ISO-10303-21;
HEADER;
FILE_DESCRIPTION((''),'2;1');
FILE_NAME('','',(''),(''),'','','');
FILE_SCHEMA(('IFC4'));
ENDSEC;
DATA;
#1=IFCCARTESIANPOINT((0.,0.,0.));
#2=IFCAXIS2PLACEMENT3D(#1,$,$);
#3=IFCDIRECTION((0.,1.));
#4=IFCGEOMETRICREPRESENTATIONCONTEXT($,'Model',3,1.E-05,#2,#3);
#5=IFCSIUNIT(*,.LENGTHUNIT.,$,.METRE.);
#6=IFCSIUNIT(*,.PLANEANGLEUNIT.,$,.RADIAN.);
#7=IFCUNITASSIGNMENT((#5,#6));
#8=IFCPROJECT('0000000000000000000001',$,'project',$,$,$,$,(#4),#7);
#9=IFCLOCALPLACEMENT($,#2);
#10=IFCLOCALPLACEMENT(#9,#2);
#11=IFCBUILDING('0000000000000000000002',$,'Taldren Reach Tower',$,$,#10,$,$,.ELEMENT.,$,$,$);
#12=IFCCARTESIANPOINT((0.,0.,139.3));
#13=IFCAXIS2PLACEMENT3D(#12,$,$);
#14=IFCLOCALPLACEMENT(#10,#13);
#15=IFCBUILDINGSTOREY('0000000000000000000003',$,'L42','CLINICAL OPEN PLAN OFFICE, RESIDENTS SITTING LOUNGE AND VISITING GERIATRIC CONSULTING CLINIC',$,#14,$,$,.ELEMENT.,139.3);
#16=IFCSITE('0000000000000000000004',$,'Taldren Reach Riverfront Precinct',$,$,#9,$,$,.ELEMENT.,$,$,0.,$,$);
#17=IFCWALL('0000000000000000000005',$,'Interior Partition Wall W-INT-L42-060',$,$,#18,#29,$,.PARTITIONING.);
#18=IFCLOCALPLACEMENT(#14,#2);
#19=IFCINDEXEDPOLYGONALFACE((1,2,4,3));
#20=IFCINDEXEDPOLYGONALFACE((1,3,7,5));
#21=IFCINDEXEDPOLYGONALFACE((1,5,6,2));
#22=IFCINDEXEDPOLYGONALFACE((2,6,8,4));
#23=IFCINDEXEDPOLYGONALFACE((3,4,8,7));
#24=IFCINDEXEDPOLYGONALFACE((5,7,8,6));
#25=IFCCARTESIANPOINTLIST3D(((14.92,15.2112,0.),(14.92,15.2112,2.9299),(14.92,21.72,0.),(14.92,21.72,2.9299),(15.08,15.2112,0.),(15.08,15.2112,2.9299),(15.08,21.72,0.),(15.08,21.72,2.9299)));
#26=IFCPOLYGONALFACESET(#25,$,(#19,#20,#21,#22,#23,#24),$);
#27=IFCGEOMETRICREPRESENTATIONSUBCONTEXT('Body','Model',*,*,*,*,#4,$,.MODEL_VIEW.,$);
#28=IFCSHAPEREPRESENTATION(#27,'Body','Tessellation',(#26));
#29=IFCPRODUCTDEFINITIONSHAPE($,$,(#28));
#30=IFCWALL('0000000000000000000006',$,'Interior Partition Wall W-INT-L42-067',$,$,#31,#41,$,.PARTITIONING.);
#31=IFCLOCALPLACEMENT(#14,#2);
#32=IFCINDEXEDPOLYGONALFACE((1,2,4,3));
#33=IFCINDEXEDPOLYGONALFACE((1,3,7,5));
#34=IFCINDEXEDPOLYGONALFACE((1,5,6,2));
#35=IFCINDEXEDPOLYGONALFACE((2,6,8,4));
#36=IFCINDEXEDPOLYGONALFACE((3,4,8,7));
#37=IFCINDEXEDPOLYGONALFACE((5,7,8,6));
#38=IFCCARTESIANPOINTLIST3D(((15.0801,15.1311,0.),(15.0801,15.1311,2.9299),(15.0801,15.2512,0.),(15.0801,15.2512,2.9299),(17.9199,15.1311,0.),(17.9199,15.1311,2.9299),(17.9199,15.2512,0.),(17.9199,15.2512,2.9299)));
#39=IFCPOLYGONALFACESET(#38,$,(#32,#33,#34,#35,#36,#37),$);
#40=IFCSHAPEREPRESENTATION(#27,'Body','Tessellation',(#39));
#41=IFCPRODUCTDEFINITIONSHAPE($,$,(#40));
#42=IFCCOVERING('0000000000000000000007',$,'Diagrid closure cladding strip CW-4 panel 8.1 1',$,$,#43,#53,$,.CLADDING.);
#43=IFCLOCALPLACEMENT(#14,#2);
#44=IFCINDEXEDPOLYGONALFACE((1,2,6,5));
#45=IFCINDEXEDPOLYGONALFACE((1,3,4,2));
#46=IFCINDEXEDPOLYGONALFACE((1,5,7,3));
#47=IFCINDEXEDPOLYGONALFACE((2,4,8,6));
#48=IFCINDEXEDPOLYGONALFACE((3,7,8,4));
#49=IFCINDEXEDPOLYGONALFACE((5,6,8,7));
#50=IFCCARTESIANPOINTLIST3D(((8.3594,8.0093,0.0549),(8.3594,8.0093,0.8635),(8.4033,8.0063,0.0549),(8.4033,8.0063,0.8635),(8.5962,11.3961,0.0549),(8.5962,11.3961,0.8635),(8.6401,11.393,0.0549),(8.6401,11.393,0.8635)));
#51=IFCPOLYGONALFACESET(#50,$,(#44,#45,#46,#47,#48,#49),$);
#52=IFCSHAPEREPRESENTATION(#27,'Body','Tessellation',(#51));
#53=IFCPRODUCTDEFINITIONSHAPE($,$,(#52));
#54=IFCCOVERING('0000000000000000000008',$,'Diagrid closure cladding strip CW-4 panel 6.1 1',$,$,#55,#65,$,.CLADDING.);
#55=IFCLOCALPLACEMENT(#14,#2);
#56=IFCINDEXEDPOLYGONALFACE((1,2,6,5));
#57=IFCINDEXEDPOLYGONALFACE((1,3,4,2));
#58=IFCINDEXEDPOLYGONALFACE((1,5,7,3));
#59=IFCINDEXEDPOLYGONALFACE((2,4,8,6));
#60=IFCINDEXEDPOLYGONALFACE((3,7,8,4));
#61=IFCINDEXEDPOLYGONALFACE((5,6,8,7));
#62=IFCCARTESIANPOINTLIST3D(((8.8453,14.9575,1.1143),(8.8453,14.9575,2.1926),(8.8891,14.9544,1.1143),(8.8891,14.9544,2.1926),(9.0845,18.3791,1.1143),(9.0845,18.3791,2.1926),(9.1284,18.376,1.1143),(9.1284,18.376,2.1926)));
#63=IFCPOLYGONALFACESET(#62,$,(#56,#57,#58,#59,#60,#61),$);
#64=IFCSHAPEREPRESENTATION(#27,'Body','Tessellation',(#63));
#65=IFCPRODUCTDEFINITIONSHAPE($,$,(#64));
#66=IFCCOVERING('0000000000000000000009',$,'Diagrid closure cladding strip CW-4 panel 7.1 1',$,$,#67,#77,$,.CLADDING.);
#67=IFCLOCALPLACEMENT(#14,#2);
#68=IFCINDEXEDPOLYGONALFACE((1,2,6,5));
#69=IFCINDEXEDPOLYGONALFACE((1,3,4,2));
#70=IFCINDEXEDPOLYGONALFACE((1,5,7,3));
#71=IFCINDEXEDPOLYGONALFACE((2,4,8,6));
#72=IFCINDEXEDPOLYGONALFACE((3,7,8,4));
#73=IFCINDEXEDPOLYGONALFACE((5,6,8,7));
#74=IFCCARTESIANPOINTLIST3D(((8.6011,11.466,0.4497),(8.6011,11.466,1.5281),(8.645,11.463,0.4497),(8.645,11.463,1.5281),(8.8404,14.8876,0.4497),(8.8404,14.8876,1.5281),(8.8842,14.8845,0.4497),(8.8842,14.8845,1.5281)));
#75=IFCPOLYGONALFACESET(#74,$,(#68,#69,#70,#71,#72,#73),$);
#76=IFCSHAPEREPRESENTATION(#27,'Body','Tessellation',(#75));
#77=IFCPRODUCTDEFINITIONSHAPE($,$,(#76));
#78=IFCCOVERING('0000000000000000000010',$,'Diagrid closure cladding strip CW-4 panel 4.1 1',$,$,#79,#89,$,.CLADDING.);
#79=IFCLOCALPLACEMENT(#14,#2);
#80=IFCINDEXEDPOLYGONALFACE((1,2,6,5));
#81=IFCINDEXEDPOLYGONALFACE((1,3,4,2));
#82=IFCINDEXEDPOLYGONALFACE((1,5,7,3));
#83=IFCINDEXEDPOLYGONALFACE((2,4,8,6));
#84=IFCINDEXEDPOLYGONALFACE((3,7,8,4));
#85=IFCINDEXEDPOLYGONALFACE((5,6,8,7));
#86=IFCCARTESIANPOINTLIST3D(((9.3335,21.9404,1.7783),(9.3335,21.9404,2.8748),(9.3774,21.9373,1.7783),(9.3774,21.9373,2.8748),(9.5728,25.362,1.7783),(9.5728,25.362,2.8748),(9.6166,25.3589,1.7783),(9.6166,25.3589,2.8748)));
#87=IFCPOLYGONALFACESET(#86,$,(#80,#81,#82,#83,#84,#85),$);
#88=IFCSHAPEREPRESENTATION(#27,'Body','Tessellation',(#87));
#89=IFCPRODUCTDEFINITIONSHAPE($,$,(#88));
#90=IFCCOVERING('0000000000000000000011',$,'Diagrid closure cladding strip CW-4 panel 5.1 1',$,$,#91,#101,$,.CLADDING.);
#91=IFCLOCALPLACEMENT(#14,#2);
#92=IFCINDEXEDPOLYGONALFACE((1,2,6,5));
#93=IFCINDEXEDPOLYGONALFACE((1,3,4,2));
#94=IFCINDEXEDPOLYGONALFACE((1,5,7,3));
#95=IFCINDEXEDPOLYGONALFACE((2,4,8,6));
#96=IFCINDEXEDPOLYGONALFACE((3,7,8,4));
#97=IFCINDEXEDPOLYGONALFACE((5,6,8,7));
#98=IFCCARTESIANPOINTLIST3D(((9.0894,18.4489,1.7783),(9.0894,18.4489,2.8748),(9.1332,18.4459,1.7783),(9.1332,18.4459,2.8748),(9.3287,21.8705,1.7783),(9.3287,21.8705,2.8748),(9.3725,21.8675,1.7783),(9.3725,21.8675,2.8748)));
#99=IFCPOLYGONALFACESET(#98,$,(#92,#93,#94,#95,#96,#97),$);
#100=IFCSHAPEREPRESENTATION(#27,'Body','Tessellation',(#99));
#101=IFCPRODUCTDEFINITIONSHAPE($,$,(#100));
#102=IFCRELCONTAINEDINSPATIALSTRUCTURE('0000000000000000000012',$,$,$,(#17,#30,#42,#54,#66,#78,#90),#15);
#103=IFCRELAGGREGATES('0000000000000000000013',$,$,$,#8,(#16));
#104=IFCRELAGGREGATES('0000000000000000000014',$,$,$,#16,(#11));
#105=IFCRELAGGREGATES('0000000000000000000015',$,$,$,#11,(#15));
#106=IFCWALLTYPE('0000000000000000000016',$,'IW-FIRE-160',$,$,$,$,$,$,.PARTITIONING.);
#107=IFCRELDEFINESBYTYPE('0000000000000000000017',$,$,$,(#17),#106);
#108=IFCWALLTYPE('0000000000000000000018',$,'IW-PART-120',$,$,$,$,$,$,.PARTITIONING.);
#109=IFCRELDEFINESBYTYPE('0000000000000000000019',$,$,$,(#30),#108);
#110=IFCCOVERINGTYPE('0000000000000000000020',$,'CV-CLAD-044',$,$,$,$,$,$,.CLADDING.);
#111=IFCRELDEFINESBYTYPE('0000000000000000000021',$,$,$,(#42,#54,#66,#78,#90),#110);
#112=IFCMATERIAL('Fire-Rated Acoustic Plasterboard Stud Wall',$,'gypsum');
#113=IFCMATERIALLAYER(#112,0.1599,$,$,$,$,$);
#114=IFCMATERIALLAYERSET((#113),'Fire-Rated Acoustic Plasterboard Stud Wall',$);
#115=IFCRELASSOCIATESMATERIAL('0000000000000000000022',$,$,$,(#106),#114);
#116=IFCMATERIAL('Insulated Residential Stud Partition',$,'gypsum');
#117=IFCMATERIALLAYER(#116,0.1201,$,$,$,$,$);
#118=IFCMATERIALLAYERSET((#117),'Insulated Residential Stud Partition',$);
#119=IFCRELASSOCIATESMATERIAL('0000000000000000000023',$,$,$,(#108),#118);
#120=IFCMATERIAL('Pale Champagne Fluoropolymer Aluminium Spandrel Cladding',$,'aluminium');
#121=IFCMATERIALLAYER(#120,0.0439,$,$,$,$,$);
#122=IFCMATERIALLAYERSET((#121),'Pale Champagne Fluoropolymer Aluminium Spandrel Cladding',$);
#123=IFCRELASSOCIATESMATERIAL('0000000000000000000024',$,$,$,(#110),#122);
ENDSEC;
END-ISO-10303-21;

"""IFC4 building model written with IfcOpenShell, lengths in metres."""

from ifc_helpers import new_model, si_unit, direction, frame, frame_2d, origin, origin_2d, place, context, subcontext, project, spatial, rectangle, extrude, source, transform, mapped, material, layer, layer_set, type_object, element, save


model = new_model("IFC4")

# Units and contexts
model_context = context("Model", 3, precision=1e-05, world=origin(), true_north=direction((0.0, 1.0)))
body_context = subcontext(model_context, "Body", "Model", "MODEL_VIEW")
ifc_project = project(units=[si_unit("LENGTHUNIT", "METRE"), si_unit("PLANEANGLEUNIT", "RADIAN")], contexts=[model_context])

# Site, building, storey
site_placement = place(None, origin())
site = spatial("IfcSite", under=ifc_project, at=site_placement, Name="Taldren Reach Riverfront Precinct", CompositionType="ELEMENT", RefElevation=0.0)
building_placement = place(site_placement, origin())
building = spatial("IfcBuilding", under=site, at=building_placement, Name="Taldren Reach Tower", CompositionType="ELEMENT")
storey_placement = place(building_placement, frame((0.0, 0.0, 139.3)))
storey = spatial("IfcBuildingStorey", under=building, at=storey_placement, Name="L42", Description="CLINICAL OPEN PLAN OFFICE, RESIDENTS SITTING LOUNGE AND VISITING GERIATRIC CONSULTING CLINIC", CompositionType="ELEMENT", Elevation=139.3)

# Shared definitions
ifc_material_1 = material(Name="Fire-Rated Acoustic Plasterboard Stud Wall", Category="gypsum")
ifc_layer_1 = layer(ifc_material_1, 0.1599)
ifc_layer_set_1 = layer_set([ifc_layer_1], Name="Fire-Rated Acoustic Plasterboard Stud Wall")
wall_type_1 = type_object("IfcWallType", Name="IW-FIRE-160", PredefinedType="PARTITIONING", material=ifc_layer_set_1)

# Walls
shared_shape_1 = source(origin(), body_context, "Body", "SweptSolid", [
    extrude(rectangle(XDim=6.5088, YDim=0.1599, at=frame_2d((3.2544, 0.0))), origin(), (0.0, 0.0, 1.0), 2.9299),
])
wall_1_placement = place(storey_placement, frame((15.0, 21.72, 0.0), z_axis=(0.0, 0.0, 1.0), x_axis=(0.0, -1.0, 0.0)))
element("IfcWall", 1, at=wall_1_placement, inside=storey, type_object=wall_type_1, Name="Interior Partition Wall W-INT-L42-060", PredefinedType="PARTITIONING", context=body_context, shape_type="MappedRepresentation", body=[
    mapped(shared_shape_1, transform((0.0, 0.0, 0.0), scale=1.0)),
])
ifc_material_2 = material(Name="Insulated Residential Stud Partition", Category="gypsum")
ifc_layer_2 = layer(ifc_material_2, 0.1201)
ifc_layer_set_2 = layer_set([ifc_layer_2], Name="Insulated Residential Stud Partition")
wall_type_2 = type_object("IfcWallType", Name="IW-PART-120", PredefinedType="PARTITIONING", material=ifc_layer_set_2)
shared_shape_2 = source(origin(), body_context, "Body", "SweptSolid", [
    extrude(rectangle(XDim=2.8398, YDim=0.1201, at=frame_2d((1.4199, 0.0))), origin(), (0.0, 0.0, 1.0), 2.9299),
])
wall_2_placement = place(storey_placement, frame((15.0801, 15.1912, 0.0), z_axis=(0.0, 0.0, 1.0), x_axis=(1.0, 0.0, 0.0)))
element("IfcWall", 2, at=wall_2_placement, inside=storey, type_object=wall_type_2, Name="Interior Partition Wall W-INT-L42-067", PredefinedType="PARTITIONING", context=body_context, shape_type="MappedRepresentation", body=[
    mapped(shared_shape_2, transform((0.0, 0.0, 0.0), scale=1.0)),
])

# Coverings
ifc_material_3 = material(Name="Pale Champagne Fluoropolymer Aluminium Spandrel Cladding", Category="aluminium")
ifc_layer_3 = layer(ifc_material_3, 0.0439)
ifc_layer_set_3 = layer_set([ifc_layer_3], Name="Pale Champagne Fluoropolymer Aluminium Spandrel Cladding")
covering_type = type_object("IfcCoveringType", Name="CV-CLAD-044", PredefinedType="CLADDING", material=ifc_layer_set_3)
shared_shape_3 = source(origin(), body_context, "Body", "SweptSolid", [
    extrude(rectangle(XDim=3.395, YDim=0.0439, at=origin_2d()), origin(), (0.0, 0.0, 1.0), 0.8086),
])
covering_placement = place(storey_placement, frame((8.4998, 9.7012, 0.0549), z_axis=(0.0, 0.0, 1.0), x_axis=(-0.069756, -0.997564, 0.0)))
element("IfcCovering", 3, at=covering_placement, inside=storey, type_object=covering_type, Name="Diagrid closure cladding strip CW-4 panel 8.1 1", PredefinedType="CLADDING", context=body_context, shape_type="MappedRepresentation", body=[
    mapped(shared_shape_3, transform((0.0, 0.0, 0.0), scale=1.0)),
])
shared_shape_4 = source(origin(), body_context, "Body", "SweptSolid", [
    extrude(rectangle(XDim=3.4299, YDim=0.0439, at=origin_2d()), origin(), (0.0, 0.0, 1.0), 1.0784),
])
for number, where, z_axis, x_axis, name in (
    (4, (8.9868, 16.6667, 1.1143), (0.0, 0.0, 1.0), (-0.069756, -0.997564, 0.0), "Diagrid closure cladding strip CW-4 panel 6.1 1"),
    (5, (8.7427, 13.1753, 0.4497), (0.0, 0.0, 1.0), (-0.069756, -0.997564, 0.0), "Diagrid closure cladding strip CW-4 panel 7.1 1"),
):
    element("IfcCovering", number, at=place(storey_placement, frame(where, z_axis=z_axis, x_axis=x_axis)), inside=storey, type_object=covering_type, Name=name, PredefinedType="CLADDING", context=body_context, shape_type="MappedRepresentation", body=[
        mapped(shared_shape_4, transform((0.0, 0.0, 0.0), scale=1.0)),
    ])
shared_shape_5 = source(origin(), body_context, "Body", "SweptSolid", [
    extrude(rectangle(XDim=3.4299, YDim=0.0439, at=origin_2d()), origin(), (0.0, 0.0, 1.0), 1.0964),
])
for number, where, z_axis, x_axis, name in (
    (6, (9.4751, 23.6497, 1.7783), (0.0, 0.0, 1.0), (-0.069756, -0.997564, 0.0), "Diagrid closure cladding strip CW-4 panel 4.1 1"),
    (7, (9.231, 20.1582, 1.7783), (0.0, 0.0, 1.0), (-0.069756, -0.997564, 0.0), "Diagrid closure cladding strip CW-4 panel 5.1 1"),
):
    element("IfcCovering", number, at=place(storey_placement, frame(where, z_axis=z_axis, x_axis=x_axis)), inside=storey, type_object=covering_type, Name=name, PredefinedType="CLADDING", context=body_context, shape_type="MappedRepresentation", body=[
        mapped(shared_shape_5, transform((0.0, 0.0, 0.0), scale=1.0)),
    ])

save(model, "model.ifc")
